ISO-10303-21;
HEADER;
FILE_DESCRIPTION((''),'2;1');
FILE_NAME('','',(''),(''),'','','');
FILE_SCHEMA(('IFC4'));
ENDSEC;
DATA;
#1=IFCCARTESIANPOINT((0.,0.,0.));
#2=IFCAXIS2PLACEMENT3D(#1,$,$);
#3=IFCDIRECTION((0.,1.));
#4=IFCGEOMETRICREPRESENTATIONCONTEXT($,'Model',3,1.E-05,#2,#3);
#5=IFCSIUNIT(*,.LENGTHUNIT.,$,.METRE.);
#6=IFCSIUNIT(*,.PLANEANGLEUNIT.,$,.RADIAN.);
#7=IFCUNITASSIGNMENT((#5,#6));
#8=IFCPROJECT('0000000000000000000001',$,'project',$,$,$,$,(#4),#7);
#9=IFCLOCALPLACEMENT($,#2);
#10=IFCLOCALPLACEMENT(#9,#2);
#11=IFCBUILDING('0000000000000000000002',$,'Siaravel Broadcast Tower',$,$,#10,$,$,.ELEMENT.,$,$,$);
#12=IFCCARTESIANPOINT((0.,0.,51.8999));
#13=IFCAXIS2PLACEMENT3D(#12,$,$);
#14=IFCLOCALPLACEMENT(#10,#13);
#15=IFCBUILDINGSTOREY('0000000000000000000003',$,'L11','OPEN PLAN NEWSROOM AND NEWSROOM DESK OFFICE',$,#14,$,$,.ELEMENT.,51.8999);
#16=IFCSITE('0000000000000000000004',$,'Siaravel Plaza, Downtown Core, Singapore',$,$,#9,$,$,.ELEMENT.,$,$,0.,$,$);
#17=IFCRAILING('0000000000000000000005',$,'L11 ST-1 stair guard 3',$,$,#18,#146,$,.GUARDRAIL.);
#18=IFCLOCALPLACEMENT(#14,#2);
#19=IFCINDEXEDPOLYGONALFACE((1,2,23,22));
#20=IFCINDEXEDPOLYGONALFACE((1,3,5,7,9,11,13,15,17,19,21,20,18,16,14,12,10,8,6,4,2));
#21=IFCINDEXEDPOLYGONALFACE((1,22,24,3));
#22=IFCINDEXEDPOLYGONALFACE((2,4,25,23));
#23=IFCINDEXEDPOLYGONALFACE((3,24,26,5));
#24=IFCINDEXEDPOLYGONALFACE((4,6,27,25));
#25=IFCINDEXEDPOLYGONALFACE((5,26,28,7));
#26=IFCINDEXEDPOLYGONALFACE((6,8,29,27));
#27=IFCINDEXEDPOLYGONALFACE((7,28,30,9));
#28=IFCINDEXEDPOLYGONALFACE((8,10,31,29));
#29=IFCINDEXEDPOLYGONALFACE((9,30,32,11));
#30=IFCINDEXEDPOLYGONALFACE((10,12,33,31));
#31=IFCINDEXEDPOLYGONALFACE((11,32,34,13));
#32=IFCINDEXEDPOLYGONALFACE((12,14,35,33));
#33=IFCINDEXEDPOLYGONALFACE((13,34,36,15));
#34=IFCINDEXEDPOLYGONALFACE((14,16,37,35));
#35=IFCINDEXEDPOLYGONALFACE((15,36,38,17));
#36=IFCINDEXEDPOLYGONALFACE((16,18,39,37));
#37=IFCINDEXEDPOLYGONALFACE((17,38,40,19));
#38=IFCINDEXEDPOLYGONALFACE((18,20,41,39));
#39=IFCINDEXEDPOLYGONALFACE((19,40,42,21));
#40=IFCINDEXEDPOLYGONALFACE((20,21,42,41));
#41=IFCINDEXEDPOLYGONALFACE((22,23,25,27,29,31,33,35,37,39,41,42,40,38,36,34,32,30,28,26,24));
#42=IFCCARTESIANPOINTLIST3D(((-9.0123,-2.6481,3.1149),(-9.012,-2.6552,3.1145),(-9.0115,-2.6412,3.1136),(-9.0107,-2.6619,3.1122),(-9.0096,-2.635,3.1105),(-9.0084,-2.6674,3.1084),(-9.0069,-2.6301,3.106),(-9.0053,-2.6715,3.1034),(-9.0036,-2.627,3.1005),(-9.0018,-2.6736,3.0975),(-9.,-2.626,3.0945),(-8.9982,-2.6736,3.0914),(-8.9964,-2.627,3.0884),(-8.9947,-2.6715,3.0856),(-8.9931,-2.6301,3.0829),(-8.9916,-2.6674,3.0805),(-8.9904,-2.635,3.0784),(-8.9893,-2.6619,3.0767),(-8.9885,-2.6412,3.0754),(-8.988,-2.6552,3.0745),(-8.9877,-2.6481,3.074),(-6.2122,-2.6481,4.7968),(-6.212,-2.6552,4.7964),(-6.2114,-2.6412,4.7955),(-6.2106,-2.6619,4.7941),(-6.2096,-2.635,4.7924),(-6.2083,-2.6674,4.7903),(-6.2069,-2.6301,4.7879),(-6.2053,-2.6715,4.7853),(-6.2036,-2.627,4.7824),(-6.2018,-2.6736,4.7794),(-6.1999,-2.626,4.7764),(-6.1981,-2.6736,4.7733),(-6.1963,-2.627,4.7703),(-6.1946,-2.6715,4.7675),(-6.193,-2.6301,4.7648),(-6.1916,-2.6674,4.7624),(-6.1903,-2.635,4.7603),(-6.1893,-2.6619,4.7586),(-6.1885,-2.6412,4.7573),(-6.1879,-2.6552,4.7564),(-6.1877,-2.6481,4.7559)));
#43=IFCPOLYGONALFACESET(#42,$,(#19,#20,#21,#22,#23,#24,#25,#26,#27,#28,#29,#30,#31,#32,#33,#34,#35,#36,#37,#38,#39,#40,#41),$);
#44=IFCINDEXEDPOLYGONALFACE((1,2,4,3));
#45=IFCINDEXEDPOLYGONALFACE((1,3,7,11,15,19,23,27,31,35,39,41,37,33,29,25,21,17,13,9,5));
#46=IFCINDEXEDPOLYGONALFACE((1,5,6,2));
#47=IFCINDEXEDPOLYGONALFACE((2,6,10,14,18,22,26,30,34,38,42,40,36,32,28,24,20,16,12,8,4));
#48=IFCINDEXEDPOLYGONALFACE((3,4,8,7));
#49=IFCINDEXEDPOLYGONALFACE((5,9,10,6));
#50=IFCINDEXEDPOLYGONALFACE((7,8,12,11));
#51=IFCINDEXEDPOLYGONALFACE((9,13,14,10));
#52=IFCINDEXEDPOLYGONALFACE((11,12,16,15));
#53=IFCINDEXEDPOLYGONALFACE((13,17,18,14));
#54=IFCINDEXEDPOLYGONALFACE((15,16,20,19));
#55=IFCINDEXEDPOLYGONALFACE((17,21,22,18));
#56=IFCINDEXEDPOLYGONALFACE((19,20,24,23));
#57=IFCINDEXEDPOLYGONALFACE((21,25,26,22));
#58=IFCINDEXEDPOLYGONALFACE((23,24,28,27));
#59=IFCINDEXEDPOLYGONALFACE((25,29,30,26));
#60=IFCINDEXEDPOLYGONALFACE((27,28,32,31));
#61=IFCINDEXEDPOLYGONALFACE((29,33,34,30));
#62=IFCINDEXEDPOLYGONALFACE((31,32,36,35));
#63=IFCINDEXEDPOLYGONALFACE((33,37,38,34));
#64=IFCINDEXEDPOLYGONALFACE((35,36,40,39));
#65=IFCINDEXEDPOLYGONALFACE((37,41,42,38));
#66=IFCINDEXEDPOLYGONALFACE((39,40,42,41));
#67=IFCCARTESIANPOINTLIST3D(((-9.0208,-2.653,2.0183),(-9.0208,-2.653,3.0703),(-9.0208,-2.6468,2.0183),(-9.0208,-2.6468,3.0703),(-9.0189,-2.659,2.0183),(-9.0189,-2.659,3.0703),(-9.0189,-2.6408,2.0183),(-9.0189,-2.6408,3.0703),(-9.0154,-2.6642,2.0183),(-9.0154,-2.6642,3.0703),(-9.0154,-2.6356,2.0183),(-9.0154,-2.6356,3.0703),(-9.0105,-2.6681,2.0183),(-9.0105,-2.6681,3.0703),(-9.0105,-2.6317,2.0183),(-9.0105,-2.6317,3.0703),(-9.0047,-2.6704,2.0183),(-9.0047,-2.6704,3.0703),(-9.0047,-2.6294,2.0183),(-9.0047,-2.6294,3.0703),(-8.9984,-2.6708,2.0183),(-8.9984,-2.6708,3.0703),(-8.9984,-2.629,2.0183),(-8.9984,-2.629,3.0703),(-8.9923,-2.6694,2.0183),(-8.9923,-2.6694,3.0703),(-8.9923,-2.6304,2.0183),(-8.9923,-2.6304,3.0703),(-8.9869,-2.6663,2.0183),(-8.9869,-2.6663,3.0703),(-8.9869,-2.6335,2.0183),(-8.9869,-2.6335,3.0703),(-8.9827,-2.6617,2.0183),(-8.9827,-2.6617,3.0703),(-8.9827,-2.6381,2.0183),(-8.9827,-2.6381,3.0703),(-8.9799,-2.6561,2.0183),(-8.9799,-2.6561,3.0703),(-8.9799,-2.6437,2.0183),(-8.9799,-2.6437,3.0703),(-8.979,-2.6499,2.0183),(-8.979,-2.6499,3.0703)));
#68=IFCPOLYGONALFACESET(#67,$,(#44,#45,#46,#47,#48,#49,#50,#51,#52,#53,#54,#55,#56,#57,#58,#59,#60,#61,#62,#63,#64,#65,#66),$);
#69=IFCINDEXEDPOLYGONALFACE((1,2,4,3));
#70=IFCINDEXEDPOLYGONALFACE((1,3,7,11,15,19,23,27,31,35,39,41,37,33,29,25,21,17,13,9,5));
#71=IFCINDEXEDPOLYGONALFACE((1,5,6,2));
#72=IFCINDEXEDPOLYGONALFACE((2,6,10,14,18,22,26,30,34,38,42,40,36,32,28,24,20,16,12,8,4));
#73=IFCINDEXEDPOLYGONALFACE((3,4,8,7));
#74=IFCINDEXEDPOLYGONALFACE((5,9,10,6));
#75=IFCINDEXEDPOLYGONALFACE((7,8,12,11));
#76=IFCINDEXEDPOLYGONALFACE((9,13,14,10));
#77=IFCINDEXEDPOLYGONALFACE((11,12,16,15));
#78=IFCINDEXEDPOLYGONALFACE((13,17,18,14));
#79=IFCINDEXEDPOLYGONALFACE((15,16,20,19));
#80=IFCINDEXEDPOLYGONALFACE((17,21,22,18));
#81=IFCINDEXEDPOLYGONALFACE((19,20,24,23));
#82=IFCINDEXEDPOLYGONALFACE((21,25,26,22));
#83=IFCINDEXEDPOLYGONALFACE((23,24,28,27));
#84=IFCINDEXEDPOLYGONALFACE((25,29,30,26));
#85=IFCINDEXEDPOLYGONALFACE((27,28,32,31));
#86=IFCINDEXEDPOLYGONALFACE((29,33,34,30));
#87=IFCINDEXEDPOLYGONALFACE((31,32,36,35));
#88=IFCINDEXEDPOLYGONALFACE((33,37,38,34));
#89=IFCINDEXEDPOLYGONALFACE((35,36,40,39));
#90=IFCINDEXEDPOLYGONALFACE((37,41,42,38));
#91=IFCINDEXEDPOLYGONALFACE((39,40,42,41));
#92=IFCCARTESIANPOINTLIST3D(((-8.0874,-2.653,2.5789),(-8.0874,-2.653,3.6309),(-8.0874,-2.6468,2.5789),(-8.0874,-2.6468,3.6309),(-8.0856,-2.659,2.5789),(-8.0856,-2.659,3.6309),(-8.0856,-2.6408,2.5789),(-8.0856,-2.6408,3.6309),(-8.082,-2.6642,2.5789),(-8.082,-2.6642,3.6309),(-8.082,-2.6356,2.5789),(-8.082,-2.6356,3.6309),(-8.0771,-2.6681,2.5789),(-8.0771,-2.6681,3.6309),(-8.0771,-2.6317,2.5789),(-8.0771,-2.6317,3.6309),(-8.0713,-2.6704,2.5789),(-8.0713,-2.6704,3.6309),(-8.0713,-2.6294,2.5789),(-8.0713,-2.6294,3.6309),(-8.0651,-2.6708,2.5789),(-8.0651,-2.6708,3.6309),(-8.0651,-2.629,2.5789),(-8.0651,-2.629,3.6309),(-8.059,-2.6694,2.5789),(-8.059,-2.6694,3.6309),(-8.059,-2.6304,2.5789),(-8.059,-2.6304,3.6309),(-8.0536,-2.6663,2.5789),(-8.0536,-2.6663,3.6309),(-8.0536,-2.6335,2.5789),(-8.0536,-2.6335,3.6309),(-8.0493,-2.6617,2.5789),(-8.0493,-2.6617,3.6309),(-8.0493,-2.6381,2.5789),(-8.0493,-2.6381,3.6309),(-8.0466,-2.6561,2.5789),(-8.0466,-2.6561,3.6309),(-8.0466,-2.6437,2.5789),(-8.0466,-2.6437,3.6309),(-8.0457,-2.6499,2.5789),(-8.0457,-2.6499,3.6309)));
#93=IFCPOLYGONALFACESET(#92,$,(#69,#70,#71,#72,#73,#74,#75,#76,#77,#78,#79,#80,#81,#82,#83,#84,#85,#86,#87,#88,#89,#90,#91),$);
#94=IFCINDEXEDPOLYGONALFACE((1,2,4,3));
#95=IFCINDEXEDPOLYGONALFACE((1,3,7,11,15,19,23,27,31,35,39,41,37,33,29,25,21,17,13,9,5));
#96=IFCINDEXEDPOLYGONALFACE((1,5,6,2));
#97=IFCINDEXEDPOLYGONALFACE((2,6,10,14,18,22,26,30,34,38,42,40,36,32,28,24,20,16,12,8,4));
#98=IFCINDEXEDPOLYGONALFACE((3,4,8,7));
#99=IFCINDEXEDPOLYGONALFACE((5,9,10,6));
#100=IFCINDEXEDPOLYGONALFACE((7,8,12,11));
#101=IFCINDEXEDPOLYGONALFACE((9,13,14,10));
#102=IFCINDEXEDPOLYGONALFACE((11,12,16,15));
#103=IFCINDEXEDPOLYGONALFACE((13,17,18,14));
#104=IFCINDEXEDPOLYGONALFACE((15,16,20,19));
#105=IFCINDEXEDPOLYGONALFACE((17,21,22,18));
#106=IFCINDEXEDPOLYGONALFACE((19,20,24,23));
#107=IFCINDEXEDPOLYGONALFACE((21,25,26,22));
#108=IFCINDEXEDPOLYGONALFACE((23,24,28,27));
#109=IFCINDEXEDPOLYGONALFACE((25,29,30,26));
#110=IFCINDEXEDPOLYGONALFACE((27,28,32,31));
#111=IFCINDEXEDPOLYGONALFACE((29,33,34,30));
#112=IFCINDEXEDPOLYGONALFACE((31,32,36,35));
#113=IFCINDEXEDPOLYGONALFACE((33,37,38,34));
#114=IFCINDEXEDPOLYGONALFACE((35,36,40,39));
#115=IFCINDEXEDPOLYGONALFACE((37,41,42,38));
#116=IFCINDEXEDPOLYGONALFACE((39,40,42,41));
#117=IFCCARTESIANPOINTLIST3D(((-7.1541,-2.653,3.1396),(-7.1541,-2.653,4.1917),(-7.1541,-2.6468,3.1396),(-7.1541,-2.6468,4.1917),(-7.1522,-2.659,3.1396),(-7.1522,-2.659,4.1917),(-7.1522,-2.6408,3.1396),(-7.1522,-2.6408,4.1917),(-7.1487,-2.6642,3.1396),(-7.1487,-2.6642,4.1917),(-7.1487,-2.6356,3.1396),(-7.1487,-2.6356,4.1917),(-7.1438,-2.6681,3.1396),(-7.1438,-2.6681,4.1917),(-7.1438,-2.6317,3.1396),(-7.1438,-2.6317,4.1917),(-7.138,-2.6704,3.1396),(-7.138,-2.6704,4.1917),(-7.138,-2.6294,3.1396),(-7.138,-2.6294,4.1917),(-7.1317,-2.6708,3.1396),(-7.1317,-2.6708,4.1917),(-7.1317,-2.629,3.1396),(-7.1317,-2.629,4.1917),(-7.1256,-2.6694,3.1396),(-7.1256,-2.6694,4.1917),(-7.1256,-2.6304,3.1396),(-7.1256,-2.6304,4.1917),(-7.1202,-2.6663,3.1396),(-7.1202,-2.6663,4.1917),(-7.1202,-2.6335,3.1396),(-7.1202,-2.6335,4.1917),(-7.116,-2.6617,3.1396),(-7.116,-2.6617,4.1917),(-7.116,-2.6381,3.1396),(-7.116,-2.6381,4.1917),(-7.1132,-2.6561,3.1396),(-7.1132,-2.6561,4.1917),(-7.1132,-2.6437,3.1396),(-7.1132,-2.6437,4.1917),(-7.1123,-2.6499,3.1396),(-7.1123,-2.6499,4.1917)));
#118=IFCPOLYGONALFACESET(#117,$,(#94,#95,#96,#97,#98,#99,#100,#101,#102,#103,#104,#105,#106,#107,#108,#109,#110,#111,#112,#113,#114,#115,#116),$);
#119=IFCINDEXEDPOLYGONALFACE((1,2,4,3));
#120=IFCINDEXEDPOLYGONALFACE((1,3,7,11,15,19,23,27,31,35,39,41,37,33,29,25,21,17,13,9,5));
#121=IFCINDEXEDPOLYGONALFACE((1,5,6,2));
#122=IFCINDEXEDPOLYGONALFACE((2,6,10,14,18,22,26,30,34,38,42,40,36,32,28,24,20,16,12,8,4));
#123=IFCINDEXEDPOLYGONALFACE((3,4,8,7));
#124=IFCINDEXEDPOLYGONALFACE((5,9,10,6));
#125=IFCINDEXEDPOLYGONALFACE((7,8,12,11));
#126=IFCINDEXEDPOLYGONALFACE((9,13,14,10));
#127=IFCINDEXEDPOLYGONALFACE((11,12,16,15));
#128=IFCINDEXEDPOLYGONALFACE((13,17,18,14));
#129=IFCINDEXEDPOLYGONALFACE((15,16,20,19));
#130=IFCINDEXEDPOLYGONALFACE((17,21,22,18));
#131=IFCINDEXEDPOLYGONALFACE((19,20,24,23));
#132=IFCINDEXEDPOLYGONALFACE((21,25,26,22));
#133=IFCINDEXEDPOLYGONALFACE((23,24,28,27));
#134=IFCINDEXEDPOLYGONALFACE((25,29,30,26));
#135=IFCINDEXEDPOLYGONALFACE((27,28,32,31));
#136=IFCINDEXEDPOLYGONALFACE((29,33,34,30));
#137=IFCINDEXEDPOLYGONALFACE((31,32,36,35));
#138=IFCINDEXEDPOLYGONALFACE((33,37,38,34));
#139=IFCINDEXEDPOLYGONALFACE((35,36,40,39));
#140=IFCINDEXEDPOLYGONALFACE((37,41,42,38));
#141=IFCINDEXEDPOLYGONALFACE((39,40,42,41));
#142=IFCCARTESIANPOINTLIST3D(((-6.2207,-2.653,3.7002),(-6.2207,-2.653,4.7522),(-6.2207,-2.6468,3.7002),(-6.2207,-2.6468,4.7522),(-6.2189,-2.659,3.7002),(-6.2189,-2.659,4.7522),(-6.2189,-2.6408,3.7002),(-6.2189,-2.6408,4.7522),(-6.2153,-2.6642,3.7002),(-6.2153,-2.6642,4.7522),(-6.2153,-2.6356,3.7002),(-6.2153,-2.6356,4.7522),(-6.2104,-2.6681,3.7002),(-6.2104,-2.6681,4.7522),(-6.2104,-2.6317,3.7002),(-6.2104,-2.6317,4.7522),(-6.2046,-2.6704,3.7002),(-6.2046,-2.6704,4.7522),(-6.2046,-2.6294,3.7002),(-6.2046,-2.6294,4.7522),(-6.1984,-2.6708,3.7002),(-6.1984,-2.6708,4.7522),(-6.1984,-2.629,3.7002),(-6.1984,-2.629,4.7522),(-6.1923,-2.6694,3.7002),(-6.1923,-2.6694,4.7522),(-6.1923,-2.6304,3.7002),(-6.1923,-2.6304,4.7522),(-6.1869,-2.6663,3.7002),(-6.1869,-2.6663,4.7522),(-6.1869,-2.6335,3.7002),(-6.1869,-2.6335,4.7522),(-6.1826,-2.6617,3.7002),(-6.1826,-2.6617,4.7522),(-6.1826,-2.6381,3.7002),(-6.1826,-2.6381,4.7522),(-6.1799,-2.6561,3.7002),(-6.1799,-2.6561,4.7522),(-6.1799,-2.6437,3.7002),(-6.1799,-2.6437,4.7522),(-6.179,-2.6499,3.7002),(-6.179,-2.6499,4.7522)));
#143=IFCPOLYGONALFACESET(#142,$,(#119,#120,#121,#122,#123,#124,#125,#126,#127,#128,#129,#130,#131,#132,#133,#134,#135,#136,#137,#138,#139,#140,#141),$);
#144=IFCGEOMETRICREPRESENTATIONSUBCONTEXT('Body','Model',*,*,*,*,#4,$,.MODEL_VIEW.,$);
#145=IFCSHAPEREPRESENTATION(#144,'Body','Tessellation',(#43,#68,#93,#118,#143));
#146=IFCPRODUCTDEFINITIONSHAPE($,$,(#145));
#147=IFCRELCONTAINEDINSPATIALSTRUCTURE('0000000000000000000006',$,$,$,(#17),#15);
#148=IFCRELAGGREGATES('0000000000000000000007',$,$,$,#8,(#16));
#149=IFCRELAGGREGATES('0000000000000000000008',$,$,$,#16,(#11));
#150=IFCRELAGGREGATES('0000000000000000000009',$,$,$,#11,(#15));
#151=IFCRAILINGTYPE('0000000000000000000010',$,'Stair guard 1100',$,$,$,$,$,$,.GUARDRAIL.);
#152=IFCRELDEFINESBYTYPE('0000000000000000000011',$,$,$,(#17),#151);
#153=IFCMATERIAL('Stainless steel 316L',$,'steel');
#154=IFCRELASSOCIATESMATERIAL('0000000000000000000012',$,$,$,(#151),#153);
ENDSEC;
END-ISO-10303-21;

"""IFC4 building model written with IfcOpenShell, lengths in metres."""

from ifc_helpers import new_model, si_unit, direction, frame, origin, origin_2d, place, context, subcontext, project, spatial, circle, extrude, material, type_object, element, save


model = new_model("IFC4")

# Units and contexts
model_context = context("Model", 3, precision=1e-05, world=origin(), true_north=direction((0.0, 1.0)))
body_context = subcontext(model_context, "Body", "Model", "MODEL_VIEW")
ifc_project = project(units=[si_unit("LENGTHUNIT", "METRE"), si_unit("PLANEANGLEUNIT", "RADIAN")], contexts=[model_context])

# Site, building, storey
site_placement = place(None, origin())
site = spatial("IfcSite", under=ifc_project, at=site_placement, Name="Siaravel Plaza, Downtown Core, Singapore", CompositionType="ELEMENT", RefElevation=0.0)
building_placement = place(site_placement, origin())
building = spatial("IfcBuilding", under=site, at=building_placement, Name="Siaravel Broadcast Tower", CompositionType="ELEMENT")
storey_placement = place(building_placement, frame((0.0, 0.0, 51.8999)))
storey = spatial("IfcBuildingStorey", under=building, at=storey_placement, Name="L11", Description="OPEN PLAN NEWSROOM AND NEWSROOM DESK OFFICE", CompositionType="ELEMENT", Elevation=51.8999)

# Railing
ifc_material_1 = material(Name="Stainless steel 316L", Category="steel")
railing_type_1 = type_object("IfcRailingType", Name="Stair guard 1100", PredefinedType="GUARDRAIL", material=ifc_material_1)
railing_1_placement = place(storey_placement, frame((-9.0, -2.6499, 2.0183)))
element("IfcRailing", 1, at=railing_1_placement, inside=storey, type_object=railing_type_1, Name="L11 ST-1 stair guard 3", PredefinedType="GUARDRAIL", context=body_context, shape_type="SweptSolid", body=[
    extrude(circle(Radius=0.0239, at=origin_2d()), frame((0.0, 0.0, 1.0762), z_axis=(0.857242, 0.0, 0.514913), x_axis=(0.0, 1.0, 0.0)), (0.0, 0.0, 1.0), 3.2664),
    extrude(circle(Radius=0.021, at=origin_2d()), origin(), (0.0, 0.0, 1.0), 1.052),
    extrude(circle(Radius=0.021, at=origin_2d()), frame((0.9333, 0.0, 0.5605)), (0.0, 0.0, 1.0), 1.052),
    extrude(circle(Radius=0.021, at=origin_2d()), frame((1.8667, 0.0, 1.1213)), (0.0, 0.0, 1.0), 1.052),
    extrude(circle(Radius=0.021, at=origin_2d()), frame((2.8, 0.0, 1.6819)), (0.0, 0.0, 1.0), 1.052),
])

save(model, "model.ifc")
